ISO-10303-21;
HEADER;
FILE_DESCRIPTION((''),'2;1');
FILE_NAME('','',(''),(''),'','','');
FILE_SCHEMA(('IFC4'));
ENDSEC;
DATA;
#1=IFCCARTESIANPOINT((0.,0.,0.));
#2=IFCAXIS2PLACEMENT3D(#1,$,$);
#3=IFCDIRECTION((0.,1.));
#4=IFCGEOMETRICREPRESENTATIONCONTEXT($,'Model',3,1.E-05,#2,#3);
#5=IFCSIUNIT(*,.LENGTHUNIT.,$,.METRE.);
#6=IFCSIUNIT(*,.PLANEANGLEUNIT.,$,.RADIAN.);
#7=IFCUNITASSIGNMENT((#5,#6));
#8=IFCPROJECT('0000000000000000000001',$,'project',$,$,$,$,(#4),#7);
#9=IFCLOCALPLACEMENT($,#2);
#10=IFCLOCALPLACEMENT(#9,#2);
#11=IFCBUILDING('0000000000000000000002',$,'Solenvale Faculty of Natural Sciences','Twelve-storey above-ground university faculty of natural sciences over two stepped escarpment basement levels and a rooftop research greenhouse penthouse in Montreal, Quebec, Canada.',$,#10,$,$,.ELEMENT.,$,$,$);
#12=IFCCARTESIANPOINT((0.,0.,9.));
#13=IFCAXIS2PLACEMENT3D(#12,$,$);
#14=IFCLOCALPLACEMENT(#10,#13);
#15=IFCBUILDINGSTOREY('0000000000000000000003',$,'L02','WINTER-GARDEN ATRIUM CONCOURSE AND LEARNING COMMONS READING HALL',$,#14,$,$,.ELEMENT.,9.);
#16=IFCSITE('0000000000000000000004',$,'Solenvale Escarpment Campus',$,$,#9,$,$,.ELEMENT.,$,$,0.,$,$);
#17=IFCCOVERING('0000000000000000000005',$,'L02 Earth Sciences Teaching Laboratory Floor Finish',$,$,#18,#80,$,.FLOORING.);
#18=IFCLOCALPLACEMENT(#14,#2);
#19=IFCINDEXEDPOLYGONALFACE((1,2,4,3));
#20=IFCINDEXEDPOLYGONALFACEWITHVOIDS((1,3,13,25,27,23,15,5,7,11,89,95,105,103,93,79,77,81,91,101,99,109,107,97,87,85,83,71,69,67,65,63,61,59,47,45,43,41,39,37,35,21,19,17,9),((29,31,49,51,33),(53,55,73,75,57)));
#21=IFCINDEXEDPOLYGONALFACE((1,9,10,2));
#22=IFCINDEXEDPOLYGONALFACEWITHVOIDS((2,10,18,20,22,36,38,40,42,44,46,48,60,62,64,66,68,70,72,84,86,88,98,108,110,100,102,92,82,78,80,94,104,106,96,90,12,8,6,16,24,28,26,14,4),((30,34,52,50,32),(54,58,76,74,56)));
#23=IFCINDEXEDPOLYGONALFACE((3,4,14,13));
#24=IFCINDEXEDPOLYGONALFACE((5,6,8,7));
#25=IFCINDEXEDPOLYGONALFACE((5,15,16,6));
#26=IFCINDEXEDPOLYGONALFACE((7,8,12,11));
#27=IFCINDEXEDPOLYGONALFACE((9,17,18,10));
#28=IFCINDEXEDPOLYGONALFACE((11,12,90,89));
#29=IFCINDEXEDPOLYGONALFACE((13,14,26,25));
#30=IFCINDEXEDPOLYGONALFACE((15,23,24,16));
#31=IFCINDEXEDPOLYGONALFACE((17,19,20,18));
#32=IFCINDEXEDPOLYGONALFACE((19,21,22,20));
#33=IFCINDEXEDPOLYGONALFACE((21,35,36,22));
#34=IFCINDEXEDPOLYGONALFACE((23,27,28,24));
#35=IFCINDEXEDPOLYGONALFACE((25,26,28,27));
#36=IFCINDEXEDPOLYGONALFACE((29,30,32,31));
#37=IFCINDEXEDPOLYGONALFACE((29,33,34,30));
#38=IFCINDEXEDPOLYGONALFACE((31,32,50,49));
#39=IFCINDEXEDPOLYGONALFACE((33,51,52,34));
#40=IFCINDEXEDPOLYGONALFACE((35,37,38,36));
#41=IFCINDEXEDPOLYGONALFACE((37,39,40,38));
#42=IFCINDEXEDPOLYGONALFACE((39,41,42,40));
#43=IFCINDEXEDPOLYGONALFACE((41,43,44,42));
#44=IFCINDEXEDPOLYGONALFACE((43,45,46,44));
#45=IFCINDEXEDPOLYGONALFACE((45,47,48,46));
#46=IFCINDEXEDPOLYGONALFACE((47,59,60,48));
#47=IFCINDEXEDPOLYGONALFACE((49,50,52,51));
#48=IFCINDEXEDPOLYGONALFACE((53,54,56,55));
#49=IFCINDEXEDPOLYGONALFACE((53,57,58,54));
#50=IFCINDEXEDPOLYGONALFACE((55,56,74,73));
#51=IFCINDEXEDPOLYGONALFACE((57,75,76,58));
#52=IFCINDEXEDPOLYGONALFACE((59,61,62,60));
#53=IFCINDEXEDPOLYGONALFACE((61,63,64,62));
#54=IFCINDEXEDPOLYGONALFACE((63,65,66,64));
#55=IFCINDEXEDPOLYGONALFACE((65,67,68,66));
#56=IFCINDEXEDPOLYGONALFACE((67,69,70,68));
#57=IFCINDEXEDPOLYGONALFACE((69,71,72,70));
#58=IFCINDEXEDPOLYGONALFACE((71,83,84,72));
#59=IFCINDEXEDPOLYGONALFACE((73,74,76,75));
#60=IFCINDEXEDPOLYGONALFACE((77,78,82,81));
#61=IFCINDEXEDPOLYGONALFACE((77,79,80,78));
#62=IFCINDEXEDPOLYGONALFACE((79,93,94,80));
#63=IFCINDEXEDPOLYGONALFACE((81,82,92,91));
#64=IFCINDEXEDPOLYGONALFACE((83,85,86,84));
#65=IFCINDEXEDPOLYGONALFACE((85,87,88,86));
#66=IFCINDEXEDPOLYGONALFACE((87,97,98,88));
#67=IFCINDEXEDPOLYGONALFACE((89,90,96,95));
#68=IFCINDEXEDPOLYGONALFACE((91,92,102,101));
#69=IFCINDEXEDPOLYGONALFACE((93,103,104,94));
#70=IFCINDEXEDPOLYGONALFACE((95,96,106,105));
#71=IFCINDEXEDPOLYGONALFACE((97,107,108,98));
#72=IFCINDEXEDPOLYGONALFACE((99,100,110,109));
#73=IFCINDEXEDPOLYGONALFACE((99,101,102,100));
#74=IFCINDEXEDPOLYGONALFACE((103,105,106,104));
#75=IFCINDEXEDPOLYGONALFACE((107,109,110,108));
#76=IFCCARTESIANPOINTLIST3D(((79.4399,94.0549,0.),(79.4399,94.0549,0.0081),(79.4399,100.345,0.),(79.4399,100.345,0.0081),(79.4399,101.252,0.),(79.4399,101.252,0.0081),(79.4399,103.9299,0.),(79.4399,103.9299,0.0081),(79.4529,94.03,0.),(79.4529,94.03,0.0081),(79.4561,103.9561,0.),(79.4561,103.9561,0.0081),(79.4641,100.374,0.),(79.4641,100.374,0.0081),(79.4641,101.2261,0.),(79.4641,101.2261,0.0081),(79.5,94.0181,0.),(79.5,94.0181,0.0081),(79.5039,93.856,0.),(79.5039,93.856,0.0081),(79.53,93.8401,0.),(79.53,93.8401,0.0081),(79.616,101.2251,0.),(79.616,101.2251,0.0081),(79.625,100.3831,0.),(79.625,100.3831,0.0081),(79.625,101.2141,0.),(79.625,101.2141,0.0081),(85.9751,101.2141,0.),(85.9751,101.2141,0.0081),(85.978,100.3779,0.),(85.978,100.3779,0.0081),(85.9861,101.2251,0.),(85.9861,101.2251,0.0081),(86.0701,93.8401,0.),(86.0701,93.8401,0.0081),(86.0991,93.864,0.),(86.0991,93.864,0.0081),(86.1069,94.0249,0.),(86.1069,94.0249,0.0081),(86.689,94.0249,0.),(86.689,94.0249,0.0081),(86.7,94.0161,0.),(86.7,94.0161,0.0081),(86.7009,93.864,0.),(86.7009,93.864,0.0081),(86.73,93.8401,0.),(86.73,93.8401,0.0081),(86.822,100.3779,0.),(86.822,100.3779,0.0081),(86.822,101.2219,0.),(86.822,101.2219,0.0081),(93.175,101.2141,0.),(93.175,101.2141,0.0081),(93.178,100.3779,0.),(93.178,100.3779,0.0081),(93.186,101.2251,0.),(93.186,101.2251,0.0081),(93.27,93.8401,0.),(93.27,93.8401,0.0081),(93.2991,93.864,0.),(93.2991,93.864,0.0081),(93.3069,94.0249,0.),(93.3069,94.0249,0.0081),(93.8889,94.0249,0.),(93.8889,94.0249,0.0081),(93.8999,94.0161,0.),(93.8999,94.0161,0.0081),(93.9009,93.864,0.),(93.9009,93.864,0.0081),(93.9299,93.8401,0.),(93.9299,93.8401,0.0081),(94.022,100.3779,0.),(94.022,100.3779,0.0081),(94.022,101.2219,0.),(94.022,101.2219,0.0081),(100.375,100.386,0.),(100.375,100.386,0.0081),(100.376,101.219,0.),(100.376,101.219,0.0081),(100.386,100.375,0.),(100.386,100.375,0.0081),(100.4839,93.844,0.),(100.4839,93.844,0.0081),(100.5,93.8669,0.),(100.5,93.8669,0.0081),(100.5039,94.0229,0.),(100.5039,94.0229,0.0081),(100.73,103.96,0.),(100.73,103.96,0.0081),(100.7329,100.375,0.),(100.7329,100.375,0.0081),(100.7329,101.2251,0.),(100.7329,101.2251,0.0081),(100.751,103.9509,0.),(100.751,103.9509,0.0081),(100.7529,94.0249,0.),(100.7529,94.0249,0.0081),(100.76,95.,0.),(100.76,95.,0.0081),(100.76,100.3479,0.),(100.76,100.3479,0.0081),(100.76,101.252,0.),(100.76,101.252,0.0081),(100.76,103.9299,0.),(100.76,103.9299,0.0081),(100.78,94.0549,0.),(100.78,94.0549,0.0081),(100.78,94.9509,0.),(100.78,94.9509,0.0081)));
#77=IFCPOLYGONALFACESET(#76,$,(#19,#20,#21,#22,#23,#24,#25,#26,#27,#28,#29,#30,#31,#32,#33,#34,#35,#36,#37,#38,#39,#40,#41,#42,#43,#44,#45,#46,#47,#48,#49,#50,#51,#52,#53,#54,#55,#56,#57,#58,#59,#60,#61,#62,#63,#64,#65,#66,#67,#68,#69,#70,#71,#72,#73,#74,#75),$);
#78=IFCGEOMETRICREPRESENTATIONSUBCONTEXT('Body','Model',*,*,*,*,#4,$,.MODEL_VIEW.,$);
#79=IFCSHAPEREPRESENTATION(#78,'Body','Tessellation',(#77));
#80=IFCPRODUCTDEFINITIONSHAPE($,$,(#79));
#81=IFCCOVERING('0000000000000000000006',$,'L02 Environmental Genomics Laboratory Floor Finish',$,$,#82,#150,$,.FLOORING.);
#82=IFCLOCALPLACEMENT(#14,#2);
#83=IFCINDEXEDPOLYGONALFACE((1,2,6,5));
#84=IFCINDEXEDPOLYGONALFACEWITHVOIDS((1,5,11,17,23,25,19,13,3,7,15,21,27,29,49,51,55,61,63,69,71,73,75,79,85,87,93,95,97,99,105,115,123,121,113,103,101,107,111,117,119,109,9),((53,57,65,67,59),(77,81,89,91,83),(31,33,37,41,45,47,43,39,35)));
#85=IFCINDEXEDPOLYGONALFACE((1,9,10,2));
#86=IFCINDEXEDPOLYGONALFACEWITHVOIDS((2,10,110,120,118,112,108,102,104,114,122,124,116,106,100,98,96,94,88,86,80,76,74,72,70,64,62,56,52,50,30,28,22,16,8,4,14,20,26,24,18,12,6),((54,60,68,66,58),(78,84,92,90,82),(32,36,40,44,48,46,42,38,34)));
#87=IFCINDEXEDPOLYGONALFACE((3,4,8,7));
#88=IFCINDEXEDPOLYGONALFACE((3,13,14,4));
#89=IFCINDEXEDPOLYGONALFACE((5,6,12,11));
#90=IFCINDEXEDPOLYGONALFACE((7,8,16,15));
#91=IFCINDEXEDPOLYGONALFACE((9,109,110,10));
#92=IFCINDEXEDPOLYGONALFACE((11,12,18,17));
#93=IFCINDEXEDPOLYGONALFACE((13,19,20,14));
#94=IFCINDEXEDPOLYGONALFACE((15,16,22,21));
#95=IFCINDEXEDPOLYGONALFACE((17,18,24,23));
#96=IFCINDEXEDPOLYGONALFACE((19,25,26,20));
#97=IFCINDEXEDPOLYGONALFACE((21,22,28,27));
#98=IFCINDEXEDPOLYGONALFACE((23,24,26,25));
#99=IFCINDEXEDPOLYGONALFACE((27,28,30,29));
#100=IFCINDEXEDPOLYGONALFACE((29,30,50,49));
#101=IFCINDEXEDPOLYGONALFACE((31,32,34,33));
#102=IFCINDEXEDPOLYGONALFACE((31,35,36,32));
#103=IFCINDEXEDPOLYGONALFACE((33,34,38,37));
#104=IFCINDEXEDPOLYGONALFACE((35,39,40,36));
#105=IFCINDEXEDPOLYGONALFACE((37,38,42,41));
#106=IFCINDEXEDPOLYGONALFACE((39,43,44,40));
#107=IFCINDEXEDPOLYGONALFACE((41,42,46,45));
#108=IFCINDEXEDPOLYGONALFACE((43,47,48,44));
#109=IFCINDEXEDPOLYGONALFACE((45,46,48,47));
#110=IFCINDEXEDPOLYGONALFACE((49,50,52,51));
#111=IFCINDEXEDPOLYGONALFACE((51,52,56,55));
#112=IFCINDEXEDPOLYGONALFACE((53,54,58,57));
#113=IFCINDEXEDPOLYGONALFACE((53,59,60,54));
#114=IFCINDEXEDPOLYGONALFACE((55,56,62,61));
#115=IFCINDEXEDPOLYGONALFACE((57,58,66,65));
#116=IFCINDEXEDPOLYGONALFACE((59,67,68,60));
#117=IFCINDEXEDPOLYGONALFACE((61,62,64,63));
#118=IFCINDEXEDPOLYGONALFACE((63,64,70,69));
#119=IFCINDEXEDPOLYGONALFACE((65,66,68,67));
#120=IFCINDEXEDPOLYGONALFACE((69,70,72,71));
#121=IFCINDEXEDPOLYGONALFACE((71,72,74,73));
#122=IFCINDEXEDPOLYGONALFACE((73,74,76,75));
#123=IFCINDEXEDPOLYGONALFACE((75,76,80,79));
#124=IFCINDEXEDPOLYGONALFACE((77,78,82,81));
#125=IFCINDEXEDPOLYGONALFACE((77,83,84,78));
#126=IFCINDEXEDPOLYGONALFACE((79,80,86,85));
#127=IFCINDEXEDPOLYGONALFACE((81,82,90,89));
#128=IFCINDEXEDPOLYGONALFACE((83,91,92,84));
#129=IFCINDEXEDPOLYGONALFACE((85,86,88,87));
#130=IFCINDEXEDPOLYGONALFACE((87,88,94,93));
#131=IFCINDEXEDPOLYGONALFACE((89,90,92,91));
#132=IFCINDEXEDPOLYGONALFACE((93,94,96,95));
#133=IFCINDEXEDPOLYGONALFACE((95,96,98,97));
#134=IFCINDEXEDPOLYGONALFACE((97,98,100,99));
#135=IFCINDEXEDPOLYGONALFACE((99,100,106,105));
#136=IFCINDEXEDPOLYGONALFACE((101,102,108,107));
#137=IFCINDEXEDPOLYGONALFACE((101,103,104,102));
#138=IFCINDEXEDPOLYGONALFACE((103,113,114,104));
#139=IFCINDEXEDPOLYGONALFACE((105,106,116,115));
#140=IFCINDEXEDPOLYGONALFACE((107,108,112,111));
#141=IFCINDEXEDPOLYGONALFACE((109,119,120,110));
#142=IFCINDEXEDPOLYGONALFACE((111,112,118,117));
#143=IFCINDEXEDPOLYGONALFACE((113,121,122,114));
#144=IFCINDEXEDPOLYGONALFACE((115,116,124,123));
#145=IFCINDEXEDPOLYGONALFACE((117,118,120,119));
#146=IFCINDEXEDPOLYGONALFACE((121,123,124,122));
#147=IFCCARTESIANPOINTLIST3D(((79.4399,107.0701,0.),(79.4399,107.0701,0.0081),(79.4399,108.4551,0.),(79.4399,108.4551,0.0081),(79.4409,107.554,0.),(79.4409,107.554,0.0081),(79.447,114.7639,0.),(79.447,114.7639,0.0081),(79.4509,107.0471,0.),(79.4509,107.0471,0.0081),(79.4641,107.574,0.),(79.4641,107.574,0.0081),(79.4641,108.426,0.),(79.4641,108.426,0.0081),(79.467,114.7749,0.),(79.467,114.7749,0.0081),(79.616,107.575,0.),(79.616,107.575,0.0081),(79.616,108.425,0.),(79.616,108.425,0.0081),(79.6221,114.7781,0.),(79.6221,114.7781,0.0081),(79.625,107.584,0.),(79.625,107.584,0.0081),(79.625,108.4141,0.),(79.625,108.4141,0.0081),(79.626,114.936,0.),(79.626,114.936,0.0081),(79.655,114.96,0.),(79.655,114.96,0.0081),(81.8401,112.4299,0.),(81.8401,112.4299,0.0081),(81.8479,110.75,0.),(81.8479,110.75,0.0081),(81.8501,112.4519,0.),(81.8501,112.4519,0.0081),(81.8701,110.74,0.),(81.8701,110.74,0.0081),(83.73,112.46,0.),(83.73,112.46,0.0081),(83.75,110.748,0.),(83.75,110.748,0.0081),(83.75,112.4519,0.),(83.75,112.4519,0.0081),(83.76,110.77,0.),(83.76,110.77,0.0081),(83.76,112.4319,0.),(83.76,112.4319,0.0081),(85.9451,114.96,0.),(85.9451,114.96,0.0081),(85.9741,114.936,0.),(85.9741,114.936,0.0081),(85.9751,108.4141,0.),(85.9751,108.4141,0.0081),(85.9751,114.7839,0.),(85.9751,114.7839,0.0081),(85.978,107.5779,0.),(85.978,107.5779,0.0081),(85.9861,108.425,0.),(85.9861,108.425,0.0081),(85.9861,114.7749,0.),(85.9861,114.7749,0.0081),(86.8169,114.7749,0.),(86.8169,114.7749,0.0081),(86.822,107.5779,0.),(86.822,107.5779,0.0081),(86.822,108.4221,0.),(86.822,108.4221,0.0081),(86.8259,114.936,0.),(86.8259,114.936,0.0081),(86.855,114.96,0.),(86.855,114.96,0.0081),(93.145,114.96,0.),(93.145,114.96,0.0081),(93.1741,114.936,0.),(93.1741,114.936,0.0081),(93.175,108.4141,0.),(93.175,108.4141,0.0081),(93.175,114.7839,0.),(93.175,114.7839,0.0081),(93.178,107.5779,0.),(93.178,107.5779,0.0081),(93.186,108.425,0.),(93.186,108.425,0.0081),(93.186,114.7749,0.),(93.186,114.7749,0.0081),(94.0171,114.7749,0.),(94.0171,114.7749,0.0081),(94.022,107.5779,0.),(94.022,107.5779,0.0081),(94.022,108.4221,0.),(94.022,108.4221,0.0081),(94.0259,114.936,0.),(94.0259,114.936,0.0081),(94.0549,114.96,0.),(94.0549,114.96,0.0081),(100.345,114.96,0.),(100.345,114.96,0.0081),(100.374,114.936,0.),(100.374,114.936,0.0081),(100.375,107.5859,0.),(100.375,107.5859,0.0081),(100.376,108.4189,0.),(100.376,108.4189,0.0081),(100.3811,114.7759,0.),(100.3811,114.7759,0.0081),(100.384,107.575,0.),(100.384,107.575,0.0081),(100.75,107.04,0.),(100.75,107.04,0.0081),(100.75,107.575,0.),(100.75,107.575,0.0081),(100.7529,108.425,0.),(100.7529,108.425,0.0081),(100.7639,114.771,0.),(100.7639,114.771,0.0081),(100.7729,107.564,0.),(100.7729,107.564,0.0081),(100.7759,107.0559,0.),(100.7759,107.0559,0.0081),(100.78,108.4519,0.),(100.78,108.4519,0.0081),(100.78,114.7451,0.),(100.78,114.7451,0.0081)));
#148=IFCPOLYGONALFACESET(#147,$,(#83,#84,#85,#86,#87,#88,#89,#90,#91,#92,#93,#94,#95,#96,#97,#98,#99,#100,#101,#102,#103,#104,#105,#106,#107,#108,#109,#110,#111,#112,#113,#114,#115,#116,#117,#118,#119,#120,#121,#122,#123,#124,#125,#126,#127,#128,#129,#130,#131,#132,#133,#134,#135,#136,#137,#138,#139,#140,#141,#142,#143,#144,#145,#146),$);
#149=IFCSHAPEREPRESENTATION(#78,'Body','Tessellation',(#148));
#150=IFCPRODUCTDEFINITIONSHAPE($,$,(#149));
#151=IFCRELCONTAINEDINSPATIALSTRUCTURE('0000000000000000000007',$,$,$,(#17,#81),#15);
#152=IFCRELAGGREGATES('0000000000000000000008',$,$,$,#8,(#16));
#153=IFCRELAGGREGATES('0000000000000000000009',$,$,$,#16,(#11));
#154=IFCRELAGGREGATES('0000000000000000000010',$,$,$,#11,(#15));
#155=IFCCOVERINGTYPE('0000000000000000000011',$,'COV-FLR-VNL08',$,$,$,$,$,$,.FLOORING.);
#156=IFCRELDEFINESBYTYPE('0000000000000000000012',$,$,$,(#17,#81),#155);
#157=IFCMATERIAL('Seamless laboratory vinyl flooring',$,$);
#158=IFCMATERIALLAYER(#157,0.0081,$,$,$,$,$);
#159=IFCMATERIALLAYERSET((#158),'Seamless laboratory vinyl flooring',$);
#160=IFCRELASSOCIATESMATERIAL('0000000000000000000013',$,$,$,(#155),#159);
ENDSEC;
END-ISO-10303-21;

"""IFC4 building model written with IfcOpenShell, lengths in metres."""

from ifc_helpers import new_model, si_unit, direction, frame, origin, place, context, subcontext, project, spatial, polyline, outline, extrude, material, layer, layer_set, type_object, element, save


model = new_model("IFC4")

# Units and contexts
model_context = context("Model", 3, precision=1e-05, world=origin(), true_north=direction((0.0, 1.0)))
body_context = subcontext(model_context, "Body", "Model", "MODEL_VIEW")
ifc_project = project(units=[si_unit("LENGTHUNIT", "METRE"), si_unit("PLANEANGLEUNIT", "RADIAN")], contexts=[model_context])

# Site, building, storey
site_placement = place(None, origin())
site = spatial("IfcSite", under=ifc_project, at=site_placement, Name="Solenvale Escarpment Campus", CompositionType="ELEMENT", RefElevation=0.0)
building_placement = place(site_placement, origin())
building = spatial("IfcBuilding", under=site, at=building_placement, Name="Solenvale Faculty of Natural Sciences", Description="Twelve-storey above-ground university faculty of natural sciences over two stepped escarpment basement levels and a rooftop research greenhouse penthouse in Montreal, Quebec, Canada.", CompositionType="ELEMENT")
storey_placement = place(building_placement, frame((0.0, 0.0, 9.0)))
storey = spatial("IfcBuildingStorey", under=building, at=storey_placement, Name="L02", Description="WINTER-GARDEN ATRIUM CONCOURSE AND LEARNING COMMONS READING HALL", CompositionType="ELEMENT", Elevation=9.0)

# Coverings
ifc_material_1 = material(Name="Seamless laboratory vinyl flooring")
ifc_layer_1 = layer(ifc_material_1, 0.0081)
ifc_layer_set_1 = layer_set([ifc_layer_1], Name="Seamless laboratory vinyl flooring")
covering_type_1 = type_object("IfcCoveringType", Name="COV-FLR-VNL08", PredefinedType="FLOORING", material=ifc_layer_set_1)
covering_1_placement = place(storey_placement, origin())
element("IfcCovering", 1, at=covering_1_placement, inside=storey, type_object=covering_type_1, Name="L02 Earth Sciences Teaching Laboratory Floor Finish", PredefinedType="FLOORING", context=body_context, shape_type="SweptSolid", body=[
    extrude(outline(polyline([(100.73, 103.96), (100.751, 103.9509), (100.76, 103.9299), (100.76, 101.252), (100.7329, 101.2251), (100.376, 101.219), (100.375, 100.386), (100.386, 100.375), (100.7329, 100.375), (100.76, 100.3479), (100.76, 95.0), (100.78, 94.9509), (100.78, 94.0549), (100.7529, 94.0249), (100.5039, 94.0229), (100.5, 93.8669), (100.4839, 93.844), (93.9299, 93.8401), (93.9009, 93.864), (93.8999, 94.0161), (93.8889, 94.0249), (93.3069, 94.0249), (93.2991, 93.864), (93.27, 93.8401), (86.73, 93.8401), (86.7009, 93.864), (86.7, 94.0161), (86.689, 94.0249), (86.1069, 94.0249), (86.0991, 93.864), (86.0701, 93.8401), (79.53, 93.8401), (79.5039, 93.856), (79.5, 94.0181), (79.4529, 94.03), (79.4399, 94.0549), (79.4399, 100.345), (79.4641, 100.374), (79.625, 100.3831), (79.625, 101.2141), (79.616, 101.2251), (79.4641, 101.2261), (79.4399, 101.252), (79.4399, 103.9299), (79.4561, 103.9561), (100.73, 103.96)]), holes=[polyline([(93.186, 101.2251), (93.175, 101.2141), (93.178, 100.3779), (94.022, 100.3779), (94.022, 101.2219), (93.186, 101.2251)]), polyline([(85.9861, 101.2251), (85.9751, 101.2141), (85.978, 100.3779), (86.822, 100.3779), (86.822, 101.2219), (85.9861, 101.2251)])]), origin(), (0.0, 0.0, 1.0), 0.0081),
])
covering_2_placement = place(storey_placement, origin())
element("IfcCovering", 2, at=covering_2_placement, inside=storey, type_object=covering_type_1, Name="L02 Environmental Genomics Laboratory Floor Finish", PredefinedType="FLOORING", context=body_context, shape_type="SweptSolid", body=[
    extrude(outline(polyline([(85.9451, 114.96), (85.9741, 114.936), (85.9751, 114.7839), (85.9861, 114.7749), (86.8169, 114.7749), (86.8259, 114.936), (86.855, 114.96), (93.145, 114.96), (93.1741, 114.936), (93.175, 114.7839), (93.186, 114.7749), (94.0171, 114.7749), (94.0259, 114.936), (94.0549, 114.96), (100.345, 114.96), (100.374, 114.936), (100.3811, 114.7759), (100.7639, 114.771), (100.78, 114.7451), (100.78, 108.4519), (100.7529, 108.425), (100.376, 108.4189), (100.375, 107.5859), (100.384, 107.575), (100.75, 107.575), (100.7729, 107.564), (100.7759, 107.0559), (100.75, 107.04), (79.4509, 107.0471), (79.4399, 107.0701), (79.4409, 107.554), (79.4641, 107.574), (79.616, 107.575), (79.625, 107.584), (79.625, 108.4141), (79.616, 108.425), (79.4641, 108.426), (79.4399, 108.4551), (79.447, 114.7639), (79.467, 114.7749), (79.6221, 114.7781), (79.626, 114.936), (79.655, 114.96), (85.9451, 114.96)]), holes=[polyline([(93.186, 108.425), (93.175, 108.4141), (93.178, 107.5779), (94.022, 107.5779), (94.022, 108.4221), (93.186, 108.425)]), polyline([(85.9861, 108.425), (85.9751, 108.4141), (85.978, 107.5779), (86.822, 107.5779), (86.822, 108.4221), (85.9861, 108.425)]), polyline([(83.76, 112.4319), (83.75, 112.4519), (83.73, 112.46), (81.8501, 112.4519), (81.8401, 112.4299), (81.8479, 110.75), (81.8701, 110.74), (83.75, 110.748), (83.76, 110.77), (83.76, 112.4319)])]), origin(), (0.0, 0.0, 1.0), 0.0081),
])

save(model, "model.ifc")
